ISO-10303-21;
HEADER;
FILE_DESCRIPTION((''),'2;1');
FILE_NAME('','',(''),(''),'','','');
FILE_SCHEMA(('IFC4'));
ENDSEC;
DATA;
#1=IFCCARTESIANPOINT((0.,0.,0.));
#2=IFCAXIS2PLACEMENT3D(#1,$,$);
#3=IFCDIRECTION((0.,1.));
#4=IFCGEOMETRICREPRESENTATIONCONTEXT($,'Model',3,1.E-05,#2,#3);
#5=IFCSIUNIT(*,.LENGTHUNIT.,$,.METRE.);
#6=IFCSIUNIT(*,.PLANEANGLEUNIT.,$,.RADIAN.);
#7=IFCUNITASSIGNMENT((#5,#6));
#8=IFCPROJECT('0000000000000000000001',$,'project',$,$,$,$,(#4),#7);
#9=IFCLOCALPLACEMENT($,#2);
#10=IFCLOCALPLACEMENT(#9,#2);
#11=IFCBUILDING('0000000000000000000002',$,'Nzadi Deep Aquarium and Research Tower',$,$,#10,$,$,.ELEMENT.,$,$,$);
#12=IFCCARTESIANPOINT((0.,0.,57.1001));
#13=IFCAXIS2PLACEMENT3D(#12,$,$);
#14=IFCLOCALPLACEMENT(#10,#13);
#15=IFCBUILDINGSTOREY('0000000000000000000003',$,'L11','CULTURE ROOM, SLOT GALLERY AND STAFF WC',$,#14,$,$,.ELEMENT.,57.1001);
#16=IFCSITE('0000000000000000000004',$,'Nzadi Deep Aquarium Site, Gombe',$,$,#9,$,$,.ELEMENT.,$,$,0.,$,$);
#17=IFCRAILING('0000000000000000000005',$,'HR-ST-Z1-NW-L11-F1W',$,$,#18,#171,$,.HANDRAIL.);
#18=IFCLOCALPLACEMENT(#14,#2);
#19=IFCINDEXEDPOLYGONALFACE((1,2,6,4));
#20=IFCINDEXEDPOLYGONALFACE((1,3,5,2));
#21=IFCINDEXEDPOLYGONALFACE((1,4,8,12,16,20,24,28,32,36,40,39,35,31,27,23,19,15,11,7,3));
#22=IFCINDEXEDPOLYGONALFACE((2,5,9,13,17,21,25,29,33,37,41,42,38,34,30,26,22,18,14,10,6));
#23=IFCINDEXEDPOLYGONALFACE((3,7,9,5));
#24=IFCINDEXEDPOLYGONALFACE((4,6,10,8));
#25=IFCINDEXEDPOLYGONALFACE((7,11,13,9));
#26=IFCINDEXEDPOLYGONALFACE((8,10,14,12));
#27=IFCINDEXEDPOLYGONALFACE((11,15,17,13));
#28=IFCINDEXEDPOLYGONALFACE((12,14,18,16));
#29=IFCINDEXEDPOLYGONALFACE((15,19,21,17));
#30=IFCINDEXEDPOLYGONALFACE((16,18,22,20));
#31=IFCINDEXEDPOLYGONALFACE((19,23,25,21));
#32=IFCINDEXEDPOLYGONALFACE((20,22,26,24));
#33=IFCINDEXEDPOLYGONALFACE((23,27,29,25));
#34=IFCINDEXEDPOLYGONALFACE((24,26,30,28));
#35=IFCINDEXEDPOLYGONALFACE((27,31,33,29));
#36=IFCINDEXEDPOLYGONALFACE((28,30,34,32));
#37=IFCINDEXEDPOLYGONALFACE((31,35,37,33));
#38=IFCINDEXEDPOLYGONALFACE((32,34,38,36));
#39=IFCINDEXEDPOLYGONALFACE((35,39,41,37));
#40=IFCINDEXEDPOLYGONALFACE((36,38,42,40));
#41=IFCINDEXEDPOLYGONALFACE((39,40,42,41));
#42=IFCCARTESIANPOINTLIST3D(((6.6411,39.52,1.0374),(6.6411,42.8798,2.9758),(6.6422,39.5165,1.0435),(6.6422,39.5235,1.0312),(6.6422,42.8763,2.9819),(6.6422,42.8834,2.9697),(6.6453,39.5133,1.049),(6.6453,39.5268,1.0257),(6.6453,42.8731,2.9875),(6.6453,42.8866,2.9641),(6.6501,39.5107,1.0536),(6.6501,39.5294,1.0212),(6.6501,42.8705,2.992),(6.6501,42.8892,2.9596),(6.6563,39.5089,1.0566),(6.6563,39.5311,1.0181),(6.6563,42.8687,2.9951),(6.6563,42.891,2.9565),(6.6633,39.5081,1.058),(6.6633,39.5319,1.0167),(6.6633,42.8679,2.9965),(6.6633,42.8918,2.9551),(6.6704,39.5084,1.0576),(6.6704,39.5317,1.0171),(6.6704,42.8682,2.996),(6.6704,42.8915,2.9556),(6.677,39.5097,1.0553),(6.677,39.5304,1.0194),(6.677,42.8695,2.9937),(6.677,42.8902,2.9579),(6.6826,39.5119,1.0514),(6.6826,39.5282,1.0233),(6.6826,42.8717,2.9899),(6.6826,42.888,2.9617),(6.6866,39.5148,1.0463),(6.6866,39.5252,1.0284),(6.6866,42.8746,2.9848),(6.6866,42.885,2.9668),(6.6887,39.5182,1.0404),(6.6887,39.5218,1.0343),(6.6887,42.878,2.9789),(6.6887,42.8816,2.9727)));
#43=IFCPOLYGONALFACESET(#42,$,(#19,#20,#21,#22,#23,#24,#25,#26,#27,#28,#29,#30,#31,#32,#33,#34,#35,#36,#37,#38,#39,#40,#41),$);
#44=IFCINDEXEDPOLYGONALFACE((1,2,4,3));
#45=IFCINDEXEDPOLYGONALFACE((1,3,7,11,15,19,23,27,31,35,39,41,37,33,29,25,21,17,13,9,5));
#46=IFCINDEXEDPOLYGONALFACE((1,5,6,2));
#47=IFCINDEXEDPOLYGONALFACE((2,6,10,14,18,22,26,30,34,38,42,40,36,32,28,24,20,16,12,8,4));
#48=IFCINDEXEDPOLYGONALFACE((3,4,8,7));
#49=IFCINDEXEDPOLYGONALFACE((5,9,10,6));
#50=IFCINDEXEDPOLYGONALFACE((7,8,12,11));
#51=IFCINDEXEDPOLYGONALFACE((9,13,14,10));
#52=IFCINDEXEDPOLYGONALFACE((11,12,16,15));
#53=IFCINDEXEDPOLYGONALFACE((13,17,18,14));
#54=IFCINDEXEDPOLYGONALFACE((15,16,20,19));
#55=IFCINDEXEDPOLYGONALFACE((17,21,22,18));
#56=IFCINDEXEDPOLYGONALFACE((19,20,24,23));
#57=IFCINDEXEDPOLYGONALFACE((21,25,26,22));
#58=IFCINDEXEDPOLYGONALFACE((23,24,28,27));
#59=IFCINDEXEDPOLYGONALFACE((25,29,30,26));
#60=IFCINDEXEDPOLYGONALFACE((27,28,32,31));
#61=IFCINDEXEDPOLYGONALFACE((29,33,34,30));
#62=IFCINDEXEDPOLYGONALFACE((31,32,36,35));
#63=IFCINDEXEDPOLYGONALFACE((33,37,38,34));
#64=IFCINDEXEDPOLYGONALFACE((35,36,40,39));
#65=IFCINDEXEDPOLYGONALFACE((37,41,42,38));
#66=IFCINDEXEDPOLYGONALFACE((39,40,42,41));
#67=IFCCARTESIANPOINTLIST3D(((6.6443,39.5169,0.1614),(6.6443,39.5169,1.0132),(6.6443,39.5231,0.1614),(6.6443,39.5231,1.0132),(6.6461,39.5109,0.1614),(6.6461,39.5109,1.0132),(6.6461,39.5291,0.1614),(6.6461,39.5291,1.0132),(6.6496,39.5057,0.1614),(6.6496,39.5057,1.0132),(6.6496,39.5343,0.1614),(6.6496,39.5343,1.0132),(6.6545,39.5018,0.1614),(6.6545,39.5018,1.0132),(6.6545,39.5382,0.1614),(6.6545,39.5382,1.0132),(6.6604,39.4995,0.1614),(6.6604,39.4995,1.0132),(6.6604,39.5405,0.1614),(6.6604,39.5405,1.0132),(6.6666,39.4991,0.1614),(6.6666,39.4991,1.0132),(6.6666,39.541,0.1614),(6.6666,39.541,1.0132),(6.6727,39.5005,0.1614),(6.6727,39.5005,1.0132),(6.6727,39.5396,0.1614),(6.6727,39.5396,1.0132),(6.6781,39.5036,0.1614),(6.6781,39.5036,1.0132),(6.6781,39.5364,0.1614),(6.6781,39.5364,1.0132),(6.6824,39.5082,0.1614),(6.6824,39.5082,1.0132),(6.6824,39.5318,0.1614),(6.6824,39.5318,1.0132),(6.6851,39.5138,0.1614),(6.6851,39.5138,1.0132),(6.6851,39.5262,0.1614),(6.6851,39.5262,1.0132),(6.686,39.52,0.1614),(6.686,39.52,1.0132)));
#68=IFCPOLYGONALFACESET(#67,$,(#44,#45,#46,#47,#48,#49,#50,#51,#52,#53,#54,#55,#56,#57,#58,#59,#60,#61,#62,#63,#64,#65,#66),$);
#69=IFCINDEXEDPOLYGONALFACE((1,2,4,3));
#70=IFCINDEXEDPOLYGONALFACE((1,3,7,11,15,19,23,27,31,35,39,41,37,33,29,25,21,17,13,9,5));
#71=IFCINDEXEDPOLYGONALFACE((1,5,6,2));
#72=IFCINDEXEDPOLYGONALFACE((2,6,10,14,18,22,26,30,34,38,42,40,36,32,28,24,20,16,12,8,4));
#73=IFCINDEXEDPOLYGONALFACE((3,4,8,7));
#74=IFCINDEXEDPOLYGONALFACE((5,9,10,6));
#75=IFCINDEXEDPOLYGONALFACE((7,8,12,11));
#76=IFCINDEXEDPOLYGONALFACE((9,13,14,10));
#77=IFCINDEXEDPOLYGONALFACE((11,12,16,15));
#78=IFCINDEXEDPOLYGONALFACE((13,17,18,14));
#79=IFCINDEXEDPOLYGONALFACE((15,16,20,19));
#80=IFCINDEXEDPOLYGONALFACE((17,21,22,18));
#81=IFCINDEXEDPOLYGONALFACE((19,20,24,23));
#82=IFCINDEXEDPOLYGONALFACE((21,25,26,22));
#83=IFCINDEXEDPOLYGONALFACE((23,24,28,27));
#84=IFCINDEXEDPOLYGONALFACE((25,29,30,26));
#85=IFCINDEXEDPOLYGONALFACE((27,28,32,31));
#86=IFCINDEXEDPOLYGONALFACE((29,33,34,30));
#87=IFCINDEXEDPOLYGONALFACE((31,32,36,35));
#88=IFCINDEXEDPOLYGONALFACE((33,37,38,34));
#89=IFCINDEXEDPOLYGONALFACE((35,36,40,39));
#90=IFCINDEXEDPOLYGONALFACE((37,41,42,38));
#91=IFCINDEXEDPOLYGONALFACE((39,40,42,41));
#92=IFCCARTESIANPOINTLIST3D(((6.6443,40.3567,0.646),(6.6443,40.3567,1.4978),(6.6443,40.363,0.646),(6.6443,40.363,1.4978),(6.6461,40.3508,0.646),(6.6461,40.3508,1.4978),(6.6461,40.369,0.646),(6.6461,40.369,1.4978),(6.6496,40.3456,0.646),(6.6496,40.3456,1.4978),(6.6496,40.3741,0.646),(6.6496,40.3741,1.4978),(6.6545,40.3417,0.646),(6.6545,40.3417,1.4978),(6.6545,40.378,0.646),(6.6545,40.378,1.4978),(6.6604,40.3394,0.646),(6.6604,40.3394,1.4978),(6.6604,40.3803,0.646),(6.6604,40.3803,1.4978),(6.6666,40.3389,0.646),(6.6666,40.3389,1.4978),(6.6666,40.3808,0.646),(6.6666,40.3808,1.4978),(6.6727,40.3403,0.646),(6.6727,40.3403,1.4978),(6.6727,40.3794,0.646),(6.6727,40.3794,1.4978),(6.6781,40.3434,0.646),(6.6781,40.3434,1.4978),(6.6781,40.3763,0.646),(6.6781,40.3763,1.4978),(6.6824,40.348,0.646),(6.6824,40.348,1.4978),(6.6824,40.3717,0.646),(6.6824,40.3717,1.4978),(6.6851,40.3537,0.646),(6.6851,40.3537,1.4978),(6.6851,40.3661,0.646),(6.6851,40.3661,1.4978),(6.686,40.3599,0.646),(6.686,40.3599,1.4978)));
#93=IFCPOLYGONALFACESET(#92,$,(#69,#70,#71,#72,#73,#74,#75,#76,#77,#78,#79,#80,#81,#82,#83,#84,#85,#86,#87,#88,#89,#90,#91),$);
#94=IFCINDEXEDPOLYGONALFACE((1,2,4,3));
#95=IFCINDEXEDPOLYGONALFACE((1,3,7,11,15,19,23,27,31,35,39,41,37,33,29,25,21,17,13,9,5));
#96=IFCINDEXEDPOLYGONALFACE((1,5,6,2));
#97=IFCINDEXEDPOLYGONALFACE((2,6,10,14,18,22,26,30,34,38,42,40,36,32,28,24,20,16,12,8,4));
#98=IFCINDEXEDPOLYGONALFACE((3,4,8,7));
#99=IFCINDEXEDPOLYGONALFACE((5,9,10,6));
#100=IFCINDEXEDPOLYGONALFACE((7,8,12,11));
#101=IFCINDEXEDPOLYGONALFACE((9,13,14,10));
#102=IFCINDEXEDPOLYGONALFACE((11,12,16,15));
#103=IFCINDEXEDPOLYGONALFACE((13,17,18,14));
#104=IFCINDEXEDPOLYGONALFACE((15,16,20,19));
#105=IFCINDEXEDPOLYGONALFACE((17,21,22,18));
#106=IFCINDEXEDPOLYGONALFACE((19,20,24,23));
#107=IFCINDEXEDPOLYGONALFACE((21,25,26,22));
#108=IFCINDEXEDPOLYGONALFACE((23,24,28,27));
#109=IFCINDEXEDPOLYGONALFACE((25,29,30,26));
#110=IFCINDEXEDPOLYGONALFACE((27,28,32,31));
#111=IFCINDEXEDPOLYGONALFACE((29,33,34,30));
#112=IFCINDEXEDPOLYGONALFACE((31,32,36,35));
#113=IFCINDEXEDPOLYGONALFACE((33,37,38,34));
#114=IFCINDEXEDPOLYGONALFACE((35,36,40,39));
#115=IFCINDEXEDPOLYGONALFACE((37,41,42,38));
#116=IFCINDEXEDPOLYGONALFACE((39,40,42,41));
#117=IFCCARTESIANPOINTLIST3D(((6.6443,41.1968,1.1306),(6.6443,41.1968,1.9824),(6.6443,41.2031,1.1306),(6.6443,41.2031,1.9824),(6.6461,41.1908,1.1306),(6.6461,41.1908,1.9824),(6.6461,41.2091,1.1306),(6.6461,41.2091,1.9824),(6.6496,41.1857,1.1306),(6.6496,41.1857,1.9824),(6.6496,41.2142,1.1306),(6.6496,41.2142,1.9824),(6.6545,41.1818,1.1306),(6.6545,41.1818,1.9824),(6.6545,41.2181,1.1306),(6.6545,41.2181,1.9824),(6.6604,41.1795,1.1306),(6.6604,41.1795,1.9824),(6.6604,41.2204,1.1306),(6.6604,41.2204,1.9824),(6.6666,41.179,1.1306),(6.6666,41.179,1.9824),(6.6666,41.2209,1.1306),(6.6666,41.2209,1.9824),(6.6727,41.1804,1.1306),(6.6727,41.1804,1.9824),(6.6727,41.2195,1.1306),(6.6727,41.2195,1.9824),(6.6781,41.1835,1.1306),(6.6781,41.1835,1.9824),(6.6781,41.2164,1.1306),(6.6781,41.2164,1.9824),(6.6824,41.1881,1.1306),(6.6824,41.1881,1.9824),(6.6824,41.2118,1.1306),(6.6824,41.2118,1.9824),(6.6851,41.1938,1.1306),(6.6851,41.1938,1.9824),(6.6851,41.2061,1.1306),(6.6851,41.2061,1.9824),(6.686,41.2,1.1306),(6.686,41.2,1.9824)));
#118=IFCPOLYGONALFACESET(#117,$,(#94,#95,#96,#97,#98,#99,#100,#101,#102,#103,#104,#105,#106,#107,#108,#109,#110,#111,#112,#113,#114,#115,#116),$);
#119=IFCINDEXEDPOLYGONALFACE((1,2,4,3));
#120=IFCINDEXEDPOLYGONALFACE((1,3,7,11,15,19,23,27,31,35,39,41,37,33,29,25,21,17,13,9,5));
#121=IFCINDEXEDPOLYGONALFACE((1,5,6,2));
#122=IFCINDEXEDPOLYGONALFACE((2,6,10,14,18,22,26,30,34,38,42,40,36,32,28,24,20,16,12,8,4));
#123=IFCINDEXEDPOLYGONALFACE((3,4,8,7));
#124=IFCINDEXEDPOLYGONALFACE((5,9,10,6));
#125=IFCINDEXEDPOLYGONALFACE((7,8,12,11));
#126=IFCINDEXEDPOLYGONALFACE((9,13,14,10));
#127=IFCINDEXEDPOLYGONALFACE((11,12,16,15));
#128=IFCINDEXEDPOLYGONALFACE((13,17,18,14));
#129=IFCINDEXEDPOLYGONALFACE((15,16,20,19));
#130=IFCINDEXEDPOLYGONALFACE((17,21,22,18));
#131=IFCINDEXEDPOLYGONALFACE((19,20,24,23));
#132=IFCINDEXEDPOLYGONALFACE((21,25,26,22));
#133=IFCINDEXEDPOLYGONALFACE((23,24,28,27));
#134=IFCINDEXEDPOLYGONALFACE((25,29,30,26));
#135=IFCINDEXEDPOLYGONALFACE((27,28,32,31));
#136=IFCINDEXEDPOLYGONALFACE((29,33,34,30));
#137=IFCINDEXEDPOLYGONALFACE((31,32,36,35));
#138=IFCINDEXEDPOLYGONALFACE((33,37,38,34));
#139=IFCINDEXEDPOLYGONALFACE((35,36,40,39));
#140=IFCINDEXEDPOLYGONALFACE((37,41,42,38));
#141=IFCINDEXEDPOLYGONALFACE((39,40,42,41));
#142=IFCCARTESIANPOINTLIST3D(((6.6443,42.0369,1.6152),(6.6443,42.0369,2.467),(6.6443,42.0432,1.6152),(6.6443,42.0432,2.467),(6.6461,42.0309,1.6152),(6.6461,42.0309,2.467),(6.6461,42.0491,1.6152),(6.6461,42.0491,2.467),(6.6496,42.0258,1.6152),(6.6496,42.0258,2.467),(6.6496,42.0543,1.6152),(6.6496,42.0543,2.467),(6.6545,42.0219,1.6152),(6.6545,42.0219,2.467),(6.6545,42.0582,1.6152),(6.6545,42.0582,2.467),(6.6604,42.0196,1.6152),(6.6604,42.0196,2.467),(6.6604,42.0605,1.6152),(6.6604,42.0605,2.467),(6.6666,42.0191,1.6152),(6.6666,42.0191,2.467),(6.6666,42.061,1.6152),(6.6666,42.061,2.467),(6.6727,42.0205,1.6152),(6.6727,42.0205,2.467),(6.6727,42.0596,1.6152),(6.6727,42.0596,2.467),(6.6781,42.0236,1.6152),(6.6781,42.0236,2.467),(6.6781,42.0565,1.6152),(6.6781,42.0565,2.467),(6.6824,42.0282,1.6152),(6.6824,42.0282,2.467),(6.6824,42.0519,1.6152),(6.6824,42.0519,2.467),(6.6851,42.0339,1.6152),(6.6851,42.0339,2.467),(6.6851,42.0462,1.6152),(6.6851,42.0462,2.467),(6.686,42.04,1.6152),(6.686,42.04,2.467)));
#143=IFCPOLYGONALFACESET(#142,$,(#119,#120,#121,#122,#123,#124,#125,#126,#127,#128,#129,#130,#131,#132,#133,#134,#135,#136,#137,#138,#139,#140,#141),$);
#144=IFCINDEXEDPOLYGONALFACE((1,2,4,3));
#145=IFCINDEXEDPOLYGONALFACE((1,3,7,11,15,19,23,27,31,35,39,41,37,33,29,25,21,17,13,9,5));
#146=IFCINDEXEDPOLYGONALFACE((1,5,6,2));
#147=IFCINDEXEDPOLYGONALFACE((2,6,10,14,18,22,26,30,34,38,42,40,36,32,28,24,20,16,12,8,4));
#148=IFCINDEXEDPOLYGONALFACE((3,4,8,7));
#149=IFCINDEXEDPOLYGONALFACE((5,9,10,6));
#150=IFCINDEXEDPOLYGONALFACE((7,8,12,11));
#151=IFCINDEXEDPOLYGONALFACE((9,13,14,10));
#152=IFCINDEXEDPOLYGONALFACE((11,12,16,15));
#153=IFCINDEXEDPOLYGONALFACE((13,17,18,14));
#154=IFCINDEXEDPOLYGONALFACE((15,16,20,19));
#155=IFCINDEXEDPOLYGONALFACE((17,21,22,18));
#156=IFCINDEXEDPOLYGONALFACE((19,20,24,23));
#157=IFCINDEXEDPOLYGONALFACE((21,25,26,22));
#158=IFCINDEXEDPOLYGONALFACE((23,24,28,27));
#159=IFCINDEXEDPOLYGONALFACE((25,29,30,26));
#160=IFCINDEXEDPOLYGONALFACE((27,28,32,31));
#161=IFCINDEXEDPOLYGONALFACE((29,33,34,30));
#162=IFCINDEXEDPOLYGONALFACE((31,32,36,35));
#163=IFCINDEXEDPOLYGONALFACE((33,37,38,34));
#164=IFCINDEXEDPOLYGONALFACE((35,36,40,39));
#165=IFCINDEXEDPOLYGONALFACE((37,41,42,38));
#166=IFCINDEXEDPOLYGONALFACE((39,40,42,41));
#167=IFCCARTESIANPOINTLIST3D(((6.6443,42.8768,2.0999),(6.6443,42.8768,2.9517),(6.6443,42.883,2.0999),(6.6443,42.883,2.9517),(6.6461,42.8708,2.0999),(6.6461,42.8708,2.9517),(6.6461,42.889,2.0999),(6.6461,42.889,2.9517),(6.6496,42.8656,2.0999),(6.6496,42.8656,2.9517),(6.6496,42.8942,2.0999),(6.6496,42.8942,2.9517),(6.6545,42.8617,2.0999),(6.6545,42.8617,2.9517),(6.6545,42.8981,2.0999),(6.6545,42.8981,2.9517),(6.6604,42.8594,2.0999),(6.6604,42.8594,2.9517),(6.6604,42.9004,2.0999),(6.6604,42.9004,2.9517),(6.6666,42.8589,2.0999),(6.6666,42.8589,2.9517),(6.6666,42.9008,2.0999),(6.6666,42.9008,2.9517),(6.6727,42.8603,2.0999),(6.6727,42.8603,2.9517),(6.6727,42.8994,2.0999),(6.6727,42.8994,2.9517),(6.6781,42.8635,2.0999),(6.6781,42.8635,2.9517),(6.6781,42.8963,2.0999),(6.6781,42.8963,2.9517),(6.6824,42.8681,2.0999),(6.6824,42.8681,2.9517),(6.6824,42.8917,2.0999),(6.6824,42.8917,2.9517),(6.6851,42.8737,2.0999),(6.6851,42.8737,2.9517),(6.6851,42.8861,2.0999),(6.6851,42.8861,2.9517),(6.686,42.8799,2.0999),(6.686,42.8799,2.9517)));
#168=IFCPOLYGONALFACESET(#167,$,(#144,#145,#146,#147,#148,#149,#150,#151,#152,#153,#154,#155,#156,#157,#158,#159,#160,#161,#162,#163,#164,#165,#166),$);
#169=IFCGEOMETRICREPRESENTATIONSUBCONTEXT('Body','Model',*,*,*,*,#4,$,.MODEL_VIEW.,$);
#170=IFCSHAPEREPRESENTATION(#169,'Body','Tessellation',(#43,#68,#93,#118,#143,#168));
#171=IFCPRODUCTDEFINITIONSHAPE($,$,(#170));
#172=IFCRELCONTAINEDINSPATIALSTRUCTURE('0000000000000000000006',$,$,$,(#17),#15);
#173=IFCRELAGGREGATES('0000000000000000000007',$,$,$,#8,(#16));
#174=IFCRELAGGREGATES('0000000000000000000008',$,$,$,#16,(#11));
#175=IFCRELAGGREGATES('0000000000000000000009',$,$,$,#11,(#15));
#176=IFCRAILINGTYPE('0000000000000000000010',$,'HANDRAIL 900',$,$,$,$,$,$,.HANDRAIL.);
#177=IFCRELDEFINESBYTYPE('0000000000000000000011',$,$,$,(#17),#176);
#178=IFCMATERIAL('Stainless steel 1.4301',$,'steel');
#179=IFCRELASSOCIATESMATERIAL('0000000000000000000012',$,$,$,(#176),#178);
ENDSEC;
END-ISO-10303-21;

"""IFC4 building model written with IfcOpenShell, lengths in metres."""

from ifc_helpers import new_model, si_unit, direction, frame, origin, origin_2d, place, context, subcontext, project, spatial, circle, extrude, material, type_object, element, save


model = new_model("IFC4")

# Units and contexts
model_context = context("Model", 3, precision=1e-05, world=origin(), true_north=direction((0.0, 1.0)))
body_context = subcontext(model_context, "Body", "Model", "MODEL_VIEW")
ifc_project = project(units=[si_unit("LENGTHUNIT", "METRE"), si_unit("PLANEANGLEUNIT", "RADIAN")], contexts=[model_context])

# Site, building, storey
site_placement = place(None, origin())
site = spatial("IfcSite", under=ifc_project, at=site_placement, Name="Nzadi Deep Aquarium Site, Gombe", CompositionType="ELEMENT", RefElevation=0.0)
building_placement = place(site_placement, origin())
building = spatial("IfcBuilding", under=site, at=building_placement, Name="Nzadi Deep Aquarium and Research Tower", CompositionType="ELEMENT")
storey_placement = place(building_placement, frame((0.0, 0.0, 57.1001)))
storey = spatial("IfcBuildingStorey", under=building, at=storey_placement, Name="L11", Description="CULTURE ROOM, SLOT GALLERY AND STAFF WC", CompositionType="ELEMENT", Elevation=57.1001)

# Railing
ifc_material_1 = material(Name="Stainless steel 1.4301", Category="steel")
railing_type = type_object("IfcRailingType", Name="HANDRAIL 900", PredefinedType="HANDRAIL", material=ifc_material_1)
for number, where, name in (
    (1, (6.665, 39.52, 0.1614), "HR-ST-Z1-NW-L11-F1W"),
):
    element("IfcRailing", number, at=place(storey_placement, frame(where)), inside=storey, type_object=railing_type, Name=name, PredefinedType="HANDRAIL", context=body_context, shape_type="SweptSolid", body=[
        extrude(circle(Radius=0.0239, at=origin_2d()), frame((0.0, 0.0, 0.876), z_axis=(0.0, 0.866175, 0.499741), x_axis=(-1.0, 0.0, 0.0)), (0.0, 0.0, 1.0), 3.8789),
        extrude(circle(Radius=0.021, at=origin_2d()), origin(), (0.0, 0.0, 1.0), 0.8518),
        extrude(circle(Radius=0.021, at=origin_2d()), frame((0.0, 0.8398, 0.4846)), (0.0, 0.0, 1.0), 0.8518),
        extrude(circle(Radius=0.021, at=origin_2d()), frame((0.0, 1.6799, 0.9692)), (0.0, 0.0, 1.0), 0.8518),
        extrude(circle(Radius=0.021, at=origin_2d()), frame((0.0, 2.52, 1.4539)), (0.0, 0.0, 1.0), 0.8518),
        extrude(circle(Radius=0.021, at=origin_2d()), frame((0.0, 3.3599, 1.9385)), (0.0, 0.0, 1.0), 0.8518),
    ])

save(model, "model.ifc")
